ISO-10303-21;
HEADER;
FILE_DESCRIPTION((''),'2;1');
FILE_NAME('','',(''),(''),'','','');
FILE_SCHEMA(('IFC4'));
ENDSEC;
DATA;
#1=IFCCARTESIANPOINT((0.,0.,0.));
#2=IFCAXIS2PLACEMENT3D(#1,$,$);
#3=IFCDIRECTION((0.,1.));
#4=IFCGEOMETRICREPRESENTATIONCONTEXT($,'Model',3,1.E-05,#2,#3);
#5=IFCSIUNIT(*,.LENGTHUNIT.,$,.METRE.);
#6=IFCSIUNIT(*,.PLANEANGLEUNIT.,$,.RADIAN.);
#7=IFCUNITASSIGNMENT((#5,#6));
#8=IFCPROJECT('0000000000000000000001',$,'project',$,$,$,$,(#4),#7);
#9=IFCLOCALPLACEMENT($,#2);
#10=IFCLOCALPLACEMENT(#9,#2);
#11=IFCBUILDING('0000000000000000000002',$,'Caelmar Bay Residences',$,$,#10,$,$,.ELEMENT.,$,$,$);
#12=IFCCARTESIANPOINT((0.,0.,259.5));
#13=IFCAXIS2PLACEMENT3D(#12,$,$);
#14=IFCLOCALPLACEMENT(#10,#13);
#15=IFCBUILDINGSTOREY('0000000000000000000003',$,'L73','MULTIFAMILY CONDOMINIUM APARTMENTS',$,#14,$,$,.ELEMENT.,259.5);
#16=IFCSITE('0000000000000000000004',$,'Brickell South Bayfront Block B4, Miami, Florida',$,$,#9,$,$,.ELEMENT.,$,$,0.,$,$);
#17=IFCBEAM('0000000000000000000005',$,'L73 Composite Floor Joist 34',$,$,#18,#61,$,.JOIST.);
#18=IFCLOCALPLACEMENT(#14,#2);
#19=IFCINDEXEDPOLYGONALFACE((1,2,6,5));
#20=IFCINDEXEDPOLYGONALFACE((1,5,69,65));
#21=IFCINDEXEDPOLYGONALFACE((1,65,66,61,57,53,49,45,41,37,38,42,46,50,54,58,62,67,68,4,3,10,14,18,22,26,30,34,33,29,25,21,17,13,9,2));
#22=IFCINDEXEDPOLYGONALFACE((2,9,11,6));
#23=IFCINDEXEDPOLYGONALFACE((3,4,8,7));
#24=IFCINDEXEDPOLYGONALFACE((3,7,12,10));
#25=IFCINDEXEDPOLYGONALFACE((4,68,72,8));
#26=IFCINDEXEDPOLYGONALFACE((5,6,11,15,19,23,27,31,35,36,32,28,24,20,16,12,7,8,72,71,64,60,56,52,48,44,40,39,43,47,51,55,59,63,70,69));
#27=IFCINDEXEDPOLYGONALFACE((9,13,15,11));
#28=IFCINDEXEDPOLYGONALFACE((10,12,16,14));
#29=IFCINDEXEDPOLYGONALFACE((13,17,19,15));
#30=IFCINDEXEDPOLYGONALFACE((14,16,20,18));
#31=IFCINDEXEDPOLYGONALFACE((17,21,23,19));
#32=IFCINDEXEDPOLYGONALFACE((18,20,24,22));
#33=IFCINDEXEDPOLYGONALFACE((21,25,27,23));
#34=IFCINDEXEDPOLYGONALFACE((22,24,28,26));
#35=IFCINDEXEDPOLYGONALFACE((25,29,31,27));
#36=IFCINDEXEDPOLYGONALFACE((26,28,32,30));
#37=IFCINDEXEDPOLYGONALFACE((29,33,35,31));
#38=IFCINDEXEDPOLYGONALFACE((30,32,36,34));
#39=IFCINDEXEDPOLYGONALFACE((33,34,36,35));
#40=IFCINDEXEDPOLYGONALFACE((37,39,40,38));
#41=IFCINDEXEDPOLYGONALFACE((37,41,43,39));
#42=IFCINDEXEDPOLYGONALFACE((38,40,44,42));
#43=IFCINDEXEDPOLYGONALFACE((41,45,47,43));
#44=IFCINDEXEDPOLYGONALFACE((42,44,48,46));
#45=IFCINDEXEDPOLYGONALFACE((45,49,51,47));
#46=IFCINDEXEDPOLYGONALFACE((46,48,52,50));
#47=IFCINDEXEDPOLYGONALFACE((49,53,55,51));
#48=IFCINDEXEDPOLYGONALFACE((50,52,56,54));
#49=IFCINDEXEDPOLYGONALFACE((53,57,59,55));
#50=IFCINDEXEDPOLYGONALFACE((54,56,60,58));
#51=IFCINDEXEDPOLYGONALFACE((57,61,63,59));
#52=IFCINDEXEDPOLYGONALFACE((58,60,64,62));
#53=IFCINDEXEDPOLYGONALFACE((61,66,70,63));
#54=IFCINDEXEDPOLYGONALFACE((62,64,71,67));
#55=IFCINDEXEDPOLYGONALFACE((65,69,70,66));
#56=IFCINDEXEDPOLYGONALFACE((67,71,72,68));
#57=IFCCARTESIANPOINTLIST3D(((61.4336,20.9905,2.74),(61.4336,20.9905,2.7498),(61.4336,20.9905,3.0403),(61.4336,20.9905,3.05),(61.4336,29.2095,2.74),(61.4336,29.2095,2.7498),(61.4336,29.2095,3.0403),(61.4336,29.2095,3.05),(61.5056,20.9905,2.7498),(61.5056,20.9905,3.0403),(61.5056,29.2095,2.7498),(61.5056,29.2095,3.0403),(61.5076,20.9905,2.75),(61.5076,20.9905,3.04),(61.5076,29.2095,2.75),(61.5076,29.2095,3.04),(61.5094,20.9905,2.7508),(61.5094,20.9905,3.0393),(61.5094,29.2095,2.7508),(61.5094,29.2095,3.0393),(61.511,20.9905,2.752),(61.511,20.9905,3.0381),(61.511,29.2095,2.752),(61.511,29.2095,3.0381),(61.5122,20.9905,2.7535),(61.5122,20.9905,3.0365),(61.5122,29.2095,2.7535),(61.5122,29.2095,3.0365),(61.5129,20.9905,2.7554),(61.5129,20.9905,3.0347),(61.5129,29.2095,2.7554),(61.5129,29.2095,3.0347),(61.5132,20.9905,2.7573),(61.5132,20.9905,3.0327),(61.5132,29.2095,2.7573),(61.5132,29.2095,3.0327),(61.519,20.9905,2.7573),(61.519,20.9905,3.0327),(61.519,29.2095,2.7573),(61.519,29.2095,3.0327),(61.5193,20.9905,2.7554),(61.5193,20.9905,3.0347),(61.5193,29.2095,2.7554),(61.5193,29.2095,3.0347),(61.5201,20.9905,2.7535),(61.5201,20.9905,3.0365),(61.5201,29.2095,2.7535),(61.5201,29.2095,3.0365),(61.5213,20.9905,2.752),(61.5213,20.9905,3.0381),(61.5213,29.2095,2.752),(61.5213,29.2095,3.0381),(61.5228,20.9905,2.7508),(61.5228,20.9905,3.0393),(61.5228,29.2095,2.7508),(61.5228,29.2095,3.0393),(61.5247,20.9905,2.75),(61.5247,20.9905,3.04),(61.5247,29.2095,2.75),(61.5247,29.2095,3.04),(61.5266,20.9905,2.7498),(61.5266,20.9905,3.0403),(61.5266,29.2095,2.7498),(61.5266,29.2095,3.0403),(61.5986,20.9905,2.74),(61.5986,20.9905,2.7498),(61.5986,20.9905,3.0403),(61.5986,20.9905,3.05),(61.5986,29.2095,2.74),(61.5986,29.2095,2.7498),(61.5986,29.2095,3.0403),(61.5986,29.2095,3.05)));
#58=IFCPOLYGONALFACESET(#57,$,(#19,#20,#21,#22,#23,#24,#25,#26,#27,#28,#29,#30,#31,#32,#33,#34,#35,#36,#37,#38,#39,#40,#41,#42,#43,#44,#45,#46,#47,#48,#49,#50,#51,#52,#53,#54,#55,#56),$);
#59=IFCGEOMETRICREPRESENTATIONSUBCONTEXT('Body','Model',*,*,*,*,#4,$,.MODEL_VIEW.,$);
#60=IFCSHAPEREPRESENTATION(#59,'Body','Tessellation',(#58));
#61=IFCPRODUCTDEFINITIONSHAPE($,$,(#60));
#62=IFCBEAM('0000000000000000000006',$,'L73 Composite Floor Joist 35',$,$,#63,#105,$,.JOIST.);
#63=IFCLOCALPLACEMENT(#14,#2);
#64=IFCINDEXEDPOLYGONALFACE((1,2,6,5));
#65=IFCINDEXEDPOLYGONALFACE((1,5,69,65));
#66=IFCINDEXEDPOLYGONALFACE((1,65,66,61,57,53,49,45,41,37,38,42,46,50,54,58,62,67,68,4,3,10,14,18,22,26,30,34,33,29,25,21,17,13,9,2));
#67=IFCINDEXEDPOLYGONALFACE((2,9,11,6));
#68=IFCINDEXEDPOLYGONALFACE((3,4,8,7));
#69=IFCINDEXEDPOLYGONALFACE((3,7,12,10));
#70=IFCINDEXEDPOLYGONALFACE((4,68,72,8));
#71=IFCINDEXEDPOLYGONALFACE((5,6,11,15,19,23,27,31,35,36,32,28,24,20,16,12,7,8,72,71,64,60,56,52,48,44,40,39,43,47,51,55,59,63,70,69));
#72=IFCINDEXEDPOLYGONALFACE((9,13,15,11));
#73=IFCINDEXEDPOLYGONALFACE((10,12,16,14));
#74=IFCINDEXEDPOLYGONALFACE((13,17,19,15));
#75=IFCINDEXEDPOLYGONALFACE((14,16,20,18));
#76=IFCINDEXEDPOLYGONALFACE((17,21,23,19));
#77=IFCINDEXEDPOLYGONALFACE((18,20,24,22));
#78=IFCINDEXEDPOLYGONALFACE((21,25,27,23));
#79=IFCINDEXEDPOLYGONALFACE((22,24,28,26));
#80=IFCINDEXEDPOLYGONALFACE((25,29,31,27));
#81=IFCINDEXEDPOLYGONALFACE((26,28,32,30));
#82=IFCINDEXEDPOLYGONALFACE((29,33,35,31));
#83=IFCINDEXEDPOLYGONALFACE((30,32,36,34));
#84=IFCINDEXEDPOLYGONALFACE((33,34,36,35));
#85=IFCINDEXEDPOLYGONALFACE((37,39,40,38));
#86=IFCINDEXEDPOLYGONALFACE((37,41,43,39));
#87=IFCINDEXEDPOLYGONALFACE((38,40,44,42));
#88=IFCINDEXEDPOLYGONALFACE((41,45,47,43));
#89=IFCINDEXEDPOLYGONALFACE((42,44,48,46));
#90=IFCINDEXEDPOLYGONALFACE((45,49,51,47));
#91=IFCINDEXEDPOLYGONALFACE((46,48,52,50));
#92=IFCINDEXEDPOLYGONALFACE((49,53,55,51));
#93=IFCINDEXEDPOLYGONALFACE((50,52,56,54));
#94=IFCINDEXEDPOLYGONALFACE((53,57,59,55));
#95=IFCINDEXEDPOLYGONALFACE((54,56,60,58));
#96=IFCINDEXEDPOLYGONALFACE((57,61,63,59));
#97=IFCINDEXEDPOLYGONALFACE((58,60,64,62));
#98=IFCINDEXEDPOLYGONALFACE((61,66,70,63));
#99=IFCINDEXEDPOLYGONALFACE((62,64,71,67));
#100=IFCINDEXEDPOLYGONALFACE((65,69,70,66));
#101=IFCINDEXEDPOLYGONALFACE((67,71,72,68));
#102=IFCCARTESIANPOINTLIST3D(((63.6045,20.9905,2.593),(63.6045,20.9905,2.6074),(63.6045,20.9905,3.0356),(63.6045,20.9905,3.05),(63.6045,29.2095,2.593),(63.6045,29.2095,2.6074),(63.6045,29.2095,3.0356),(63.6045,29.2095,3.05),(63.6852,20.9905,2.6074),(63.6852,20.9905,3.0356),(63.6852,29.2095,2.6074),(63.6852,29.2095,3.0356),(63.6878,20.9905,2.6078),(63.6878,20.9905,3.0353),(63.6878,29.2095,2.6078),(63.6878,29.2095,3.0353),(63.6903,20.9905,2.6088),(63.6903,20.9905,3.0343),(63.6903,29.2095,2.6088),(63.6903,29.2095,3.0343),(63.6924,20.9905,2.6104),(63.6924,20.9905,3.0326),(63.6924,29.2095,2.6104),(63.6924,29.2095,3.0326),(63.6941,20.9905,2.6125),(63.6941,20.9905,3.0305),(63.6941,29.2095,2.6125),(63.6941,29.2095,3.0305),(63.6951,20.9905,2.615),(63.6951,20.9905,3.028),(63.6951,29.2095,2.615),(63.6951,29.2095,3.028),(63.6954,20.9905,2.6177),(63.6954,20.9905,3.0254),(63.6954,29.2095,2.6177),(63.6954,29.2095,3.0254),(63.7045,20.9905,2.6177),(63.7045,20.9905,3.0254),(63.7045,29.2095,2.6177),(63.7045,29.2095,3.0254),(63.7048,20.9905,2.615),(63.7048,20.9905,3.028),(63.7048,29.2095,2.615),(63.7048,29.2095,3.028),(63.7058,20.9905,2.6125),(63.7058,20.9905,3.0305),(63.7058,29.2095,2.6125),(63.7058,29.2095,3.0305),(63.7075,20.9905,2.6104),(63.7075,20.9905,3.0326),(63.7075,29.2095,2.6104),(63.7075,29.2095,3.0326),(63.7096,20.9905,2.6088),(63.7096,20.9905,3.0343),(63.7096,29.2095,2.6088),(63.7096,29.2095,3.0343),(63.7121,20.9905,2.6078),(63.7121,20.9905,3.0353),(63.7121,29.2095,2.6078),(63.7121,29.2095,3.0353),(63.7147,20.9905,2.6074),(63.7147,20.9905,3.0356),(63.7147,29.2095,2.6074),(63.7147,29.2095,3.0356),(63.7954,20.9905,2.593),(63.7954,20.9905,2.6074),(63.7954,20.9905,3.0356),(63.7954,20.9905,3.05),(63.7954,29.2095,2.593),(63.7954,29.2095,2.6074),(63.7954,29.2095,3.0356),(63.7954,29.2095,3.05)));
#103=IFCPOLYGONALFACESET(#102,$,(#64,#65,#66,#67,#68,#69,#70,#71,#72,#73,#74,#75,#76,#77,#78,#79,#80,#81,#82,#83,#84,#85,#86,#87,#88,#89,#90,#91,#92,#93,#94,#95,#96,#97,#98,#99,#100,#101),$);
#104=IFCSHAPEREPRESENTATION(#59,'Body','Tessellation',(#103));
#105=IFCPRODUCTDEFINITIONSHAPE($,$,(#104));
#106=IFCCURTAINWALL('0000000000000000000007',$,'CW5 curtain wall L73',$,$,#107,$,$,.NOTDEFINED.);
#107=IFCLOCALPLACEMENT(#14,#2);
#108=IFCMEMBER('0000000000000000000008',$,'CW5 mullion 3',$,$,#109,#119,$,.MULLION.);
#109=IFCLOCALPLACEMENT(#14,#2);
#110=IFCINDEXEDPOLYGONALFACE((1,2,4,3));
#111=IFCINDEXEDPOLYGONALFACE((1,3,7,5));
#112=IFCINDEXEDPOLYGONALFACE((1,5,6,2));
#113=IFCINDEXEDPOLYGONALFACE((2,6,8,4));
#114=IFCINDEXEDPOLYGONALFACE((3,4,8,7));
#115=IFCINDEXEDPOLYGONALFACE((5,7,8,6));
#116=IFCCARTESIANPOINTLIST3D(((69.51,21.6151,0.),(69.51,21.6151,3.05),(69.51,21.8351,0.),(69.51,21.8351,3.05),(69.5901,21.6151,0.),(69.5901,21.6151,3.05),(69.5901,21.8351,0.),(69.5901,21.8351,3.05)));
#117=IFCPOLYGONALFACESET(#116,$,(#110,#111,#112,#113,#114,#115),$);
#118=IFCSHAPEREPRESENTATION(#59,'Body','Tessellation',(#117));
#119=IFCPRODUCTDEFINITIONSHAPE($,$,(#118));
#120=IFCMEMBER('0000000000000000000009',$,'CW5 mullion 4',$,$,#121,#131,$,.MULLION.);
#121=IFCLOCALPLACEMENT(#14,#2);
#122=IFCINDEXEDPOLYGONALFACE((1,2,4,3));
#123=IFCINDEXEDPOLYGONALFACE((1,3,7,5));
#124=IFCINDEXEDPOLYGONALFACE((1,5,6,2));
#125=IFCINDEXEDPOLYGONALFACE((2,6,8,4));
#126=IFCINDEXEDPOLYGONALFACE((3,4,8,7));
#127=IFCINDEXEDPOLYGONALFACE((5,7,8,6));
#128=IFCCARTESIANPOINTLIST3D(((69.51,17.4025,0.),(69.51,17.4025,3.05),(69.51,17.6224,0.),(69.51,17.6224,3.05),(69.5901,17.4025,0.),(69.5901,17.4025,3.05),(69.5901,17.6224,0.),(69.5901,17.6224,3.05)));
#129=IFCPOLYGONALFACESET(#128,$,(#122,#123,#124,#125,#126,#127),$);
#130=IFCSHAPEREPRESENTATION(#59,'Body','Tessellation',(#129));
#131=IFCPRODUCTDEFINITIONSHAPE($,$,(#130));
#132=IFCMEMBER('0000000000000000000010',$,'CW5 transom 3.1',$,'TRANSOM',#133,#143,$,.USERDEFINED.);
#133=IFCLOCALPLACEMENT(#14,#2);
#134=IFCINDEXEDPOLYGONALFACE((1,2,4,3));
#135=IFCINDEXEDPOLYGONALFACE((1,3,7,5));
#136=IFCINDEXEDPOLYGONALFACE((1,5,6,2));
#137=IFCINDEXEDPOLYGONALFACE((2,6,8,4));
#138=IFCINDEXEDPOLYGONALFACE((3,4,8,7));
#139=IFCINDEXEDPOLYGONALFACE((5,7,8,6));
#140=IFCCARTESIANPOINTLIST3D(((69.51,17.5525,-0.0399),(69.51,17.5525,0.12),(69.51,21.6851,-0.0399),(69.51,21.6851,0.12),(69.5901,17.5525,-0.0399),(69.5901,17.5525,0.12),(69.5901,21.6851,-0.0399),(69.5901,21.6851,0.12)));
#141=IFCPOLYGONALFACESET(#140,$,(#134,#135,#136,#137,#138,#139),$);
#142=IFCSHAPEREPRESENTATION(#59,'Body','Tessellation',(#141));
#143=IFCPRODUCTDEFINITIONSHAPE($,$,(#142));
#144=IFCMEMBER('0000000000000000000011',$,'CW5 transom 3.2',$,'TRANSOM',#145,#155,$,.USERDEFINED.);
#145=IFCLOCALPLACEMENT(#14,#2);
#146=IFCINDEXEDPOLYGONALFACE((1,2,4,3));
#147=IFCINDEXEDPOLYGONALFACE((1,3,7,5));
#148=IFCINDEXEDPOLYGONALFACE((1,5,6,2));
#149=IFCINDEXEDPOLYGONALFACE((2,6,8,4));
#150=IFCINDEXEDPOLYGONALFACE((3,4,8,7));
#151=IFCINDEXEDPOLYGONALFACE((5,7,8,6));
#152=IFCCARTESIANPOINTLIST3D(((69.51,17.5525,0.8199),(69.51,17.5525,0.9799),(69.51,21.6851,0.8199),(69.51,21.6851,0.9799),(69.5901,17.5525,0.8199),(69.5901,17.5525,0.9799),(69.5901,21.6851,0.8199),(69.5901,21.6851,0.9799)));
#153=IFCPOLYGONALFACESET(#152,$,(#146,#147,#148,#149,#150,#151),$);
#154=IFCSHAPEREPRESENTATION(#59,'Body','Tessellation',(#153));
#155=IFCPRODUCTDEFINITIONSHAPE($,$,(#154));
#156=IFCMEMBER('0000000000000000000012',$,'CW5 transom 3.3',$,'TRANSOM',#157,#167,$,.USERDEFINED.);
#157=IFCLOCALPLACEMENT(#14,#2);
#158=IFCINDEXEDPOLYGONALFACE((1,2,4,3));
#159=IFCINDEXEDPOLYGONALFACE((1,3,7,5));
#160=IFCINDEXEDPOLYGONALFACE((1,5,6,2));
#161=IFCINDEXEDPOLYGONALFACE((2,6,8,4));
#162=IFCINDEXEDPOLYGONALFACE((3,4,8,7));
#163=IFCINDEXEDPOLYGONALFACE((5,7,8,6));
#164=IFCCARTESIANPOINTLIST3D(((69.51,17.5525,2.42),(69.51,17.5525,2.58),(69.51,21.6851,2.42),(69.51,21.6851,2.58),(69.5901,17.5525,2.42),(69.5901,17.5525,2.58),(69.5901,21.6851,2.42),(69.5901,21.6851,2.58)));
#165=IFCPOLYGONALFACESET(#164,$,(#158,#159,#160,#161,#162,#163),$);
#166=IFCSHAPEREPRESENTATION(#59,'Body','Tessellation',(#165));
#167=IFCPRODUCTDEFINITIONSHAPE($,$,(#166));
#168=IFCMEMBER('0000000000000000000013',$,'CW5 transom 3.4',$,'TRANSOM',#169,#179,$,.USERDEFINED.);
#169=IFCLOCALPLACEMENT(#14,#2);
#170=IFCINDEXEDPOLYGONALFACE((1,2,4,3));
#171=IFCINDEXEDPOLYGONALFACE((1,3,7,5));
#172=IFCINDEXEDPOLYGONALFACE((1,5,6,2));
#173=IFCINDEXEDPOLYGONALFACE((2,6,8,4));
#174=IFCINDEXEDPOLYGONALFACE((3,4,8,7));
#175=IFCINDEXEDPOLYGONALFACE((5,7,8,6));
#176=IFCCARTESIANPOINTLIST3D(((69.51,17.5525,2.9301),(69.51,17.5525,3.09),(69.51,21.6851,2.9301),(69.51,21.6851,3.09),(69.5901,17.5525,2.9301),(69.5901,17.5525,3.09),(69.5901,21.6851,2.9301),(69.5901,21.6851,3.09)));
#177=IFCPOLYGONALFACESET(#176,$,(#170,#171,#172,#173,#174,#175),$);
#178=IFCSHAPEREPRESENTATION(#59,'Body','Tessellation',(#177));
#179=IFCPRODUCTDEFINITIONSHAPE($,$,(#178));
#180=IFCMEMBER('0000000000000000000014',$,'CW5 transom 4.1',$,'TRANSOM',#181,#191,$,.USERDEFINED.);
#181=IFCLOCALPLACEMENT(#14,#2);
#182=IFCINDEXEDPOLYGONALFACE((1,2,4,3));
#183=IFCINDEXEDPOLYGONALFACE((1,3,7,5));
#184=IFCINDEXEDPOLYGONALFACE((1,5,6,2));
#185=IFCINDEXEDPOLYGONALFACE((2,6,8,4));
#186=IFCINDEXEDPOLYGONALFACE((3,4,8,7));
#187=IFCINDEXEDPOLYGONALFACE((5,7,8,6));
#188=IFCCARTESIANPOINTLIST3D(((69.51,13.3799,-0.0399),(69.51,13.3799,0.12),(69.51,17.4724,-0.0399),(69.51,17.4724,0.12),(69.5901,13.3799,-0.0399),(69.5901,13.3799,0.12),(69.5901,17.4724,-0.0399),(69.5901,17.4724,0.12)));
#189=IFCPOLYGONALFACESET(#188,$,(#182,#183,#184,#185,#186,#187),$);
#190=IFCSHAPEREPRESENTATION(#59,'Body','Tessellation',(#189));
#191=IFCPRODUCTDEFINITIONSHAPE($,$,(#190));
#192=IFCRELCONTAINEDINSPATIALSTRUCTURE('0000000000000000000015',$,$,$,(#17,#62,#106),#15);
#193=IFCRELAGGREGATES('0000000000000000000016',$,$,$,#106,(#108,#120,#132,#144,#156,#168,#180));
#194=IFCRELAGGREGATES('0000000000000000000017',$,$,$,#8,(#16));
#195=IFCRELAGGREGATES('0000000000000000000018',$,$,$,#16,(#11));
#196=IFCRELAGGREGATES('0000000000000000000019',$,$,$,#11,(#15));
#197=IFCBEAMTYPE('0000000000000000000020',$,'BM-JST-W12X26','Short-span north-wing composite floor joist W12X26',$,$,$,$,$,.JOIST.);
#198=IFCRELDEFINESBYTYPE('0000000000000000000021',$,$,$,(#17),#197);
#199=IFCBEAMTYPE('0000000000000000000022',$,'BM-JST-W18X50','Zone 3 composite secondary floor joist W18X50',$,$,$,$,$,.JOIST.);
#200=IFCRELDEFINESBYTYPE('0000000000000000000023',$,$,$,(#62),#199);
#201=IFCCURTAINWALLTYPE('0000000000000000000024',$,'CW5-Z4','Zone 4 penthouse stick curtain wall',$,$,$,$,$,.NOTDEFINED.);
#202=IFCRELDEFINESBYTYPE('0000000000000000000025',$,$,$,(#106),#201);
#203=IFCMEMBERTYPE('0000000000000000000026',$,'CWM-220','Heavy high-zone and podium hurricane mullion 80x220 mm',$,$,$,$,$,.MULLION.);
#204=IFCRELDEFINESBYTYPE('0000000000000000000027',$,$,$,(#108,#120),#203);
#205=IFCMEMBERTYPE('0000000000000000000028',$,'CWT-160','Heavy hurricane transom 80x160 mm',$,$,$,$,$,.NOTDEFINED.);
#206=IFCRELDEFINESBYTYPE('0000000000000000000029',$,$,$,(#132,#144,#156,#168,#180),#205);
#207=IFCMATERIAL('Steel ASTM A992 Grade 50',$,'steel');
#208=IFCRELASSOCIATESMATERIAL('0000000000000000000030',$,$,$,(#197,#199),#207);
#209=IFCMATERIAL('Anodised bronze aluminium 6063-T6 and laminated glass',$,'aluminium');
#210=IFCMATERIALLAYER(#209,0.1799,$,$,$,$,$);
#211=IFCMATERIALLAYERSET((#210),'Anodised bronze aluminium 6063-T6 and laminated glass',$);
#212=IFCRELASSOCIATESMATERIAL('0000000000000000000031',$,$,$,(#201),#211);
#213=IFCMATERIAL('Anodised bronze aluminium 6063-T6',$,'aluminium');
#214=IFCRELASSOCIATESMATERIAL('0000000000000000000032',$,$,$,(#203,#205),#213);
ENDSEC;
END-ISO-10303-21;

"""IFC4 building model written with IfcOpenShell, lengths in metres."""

from ifc_helpers import new_model, si_unit, direction, frame, origin, origin_2d, place, context, subcontext, project, spatial, rectangle, i_section, extrude, material, layer, layer_set, material_profile, profile_set, type_object, element, aggregate, save


model = new_model("IFC4")

# Units and contexts
model_context = context("Model", 3, precision=1e-05, world=origin(), true_north=direction((0.0, 1.0)))
body_context = subcontext(model_context, "Body", "Model", "MODEL_VIEW")
ifc_project = project(units=[si_unit("LENGTHUNIT", "METRE"), si_unit("PLANEANGLEUNIT", "RADIAN")], contexts=[model_context])

# Site, building, storey
site_placement = place(None, origin())
site = spatial("IfcSite", under=ifc_project, at=site_placement, Name="Brickell South Bayfront Block B4, Miami, Florida", CompositionType="ELEMENT", RefElevation=0.0)
building_placement = place(site_placement, origin())
building = spatial("IfcBuilding", under=site, at=building_placement, Name="Caelmar Bay Residences", CompositionType="ELEMENT")
storey_placement = place(building_placement, frame((0.0, 0.0, 259.5)))
storey = spatial("IfcBuildingStorey", under=building, at=storey_placement, Name="L73", Description="MULTIFAMILY CONDOMINIUM APARTMENTS", CompositionType="ELEMENT", Elevation=259.5)

# Beams
ifc_material_1 = material(Name="Steel ASTM A992 Grade 50", Category="steel")
ifc_material_profile_1 = material_profile(ifc_material_1, i_section(OverallWidth=0.165, OverallDepth=0.3101, WebThickness=0.0059, FlangeThickness=0.0098, FilletRadius=0.0076, at=origin_2d()), Name="W12X26")
ifc_profile_set_1 = profile_set([ifc_material_profile_1], Name="Steel ASTM A992 Grade 50")
beam_type_1 = type_object("IfcBeamType", Name="BM-JST-W12X26", Description="Short-span north-wing composite floor joist W12X26", PredefinedType="JOIST", material=ifc_profile_set_1)
beam_1_placement = place(storey_placement, frame((61.5161, 20.9905, 2.895), z_axis=(0.0, 1.0, 0.0), x_axis=(-1.0, 0.0, 0.0)))
element("IfcBeam", 1, at=beam_1_placement, inside=storey, type_object=beam_type_1, Name="L73 Composite Floor Joist 34", PredefinedType="JOIST", context=body_context, shape_type="SweptSolid", body=[
    extrude(i_section(OverallWidth=0.165, OverallDepth=0.3101, WebThickness=0.0059, FlangeThickness=0.0098, FilletRadius=0.0076, at=origin_2d()), origin(), (0.0, 0.0, 1.0), 8.219),
])
ifc_material_profile_2 = material_profile(ifc_material_1, i_section(OverallWidth=0.1909, OverallDepth=0.457, WebThickness=0.009, FlangeThickness=0.0144, FilletRadius=0.0103, at=origin_2d()), Name="W18X50")
ifc_profile_set_2 = profile_set([ifc_material_profile_2], Name="Steel ASTM A992 Grade 50")
beam_type_2 = type_object("IfcBeamType", Name="BM-JST-W18X50", Description="Zone 3 composite secondary floor joist W18X50", PredefinedType="JOIST", material=ifc_profile_set_2)
beam_2_placement = place(storey_placement, frame((63.7, 20.9905, 2.8215), z_axis=(0.0, 1.0, 0.0), x_axis=(-1.0, 0.0, 0.0)))
element("IfcBeam", 2, at=beam_2_placement, inside=storey, type_object=beam_type_2, Name="L73 Composite Floor Joist 35", PredefinedType="JOIST", context=body_context, shape_type="SweptSolid", body=[
    extrude(i_section(OverallWidth=0.1909, OverallDepth=0.457, WebThickness=0.009, FlangeThickness=0.0144, FilletRadius=0.0103, at=origin_2d()), origin(), (0.0, 0.0, 1.0), 8.219),
])

# Curtain wall, members
ifc_material_2 = material(Name="Anodised bronze aluminium 6063-T6 and laminated glass", Category="aluminium")
ifc_layer_1 = layer(ifc_material_2, 0.1799)
ifc_layer_set_1 = layer_set([ifc_layer_1], Name="Anodised bronze aluminium 6063-T6 and laminated glass")
curtain_wall_type = type_object("IfcCurtainWallType", Name="CW5-Z4", Description="Zone 4 penthouse stick curtain wall", PredefinedType="NOTDEFINED", material=ifc_layer_set_1)
curtain_wall_placement = place(storey_placement, origin())
curtain_wall = element("IfcCurtainWall", 3, at=curtain_wall_placement, inside=storey, type_object=curtain_wall_type, Name="CW5 curtain wall L73", PredefinedType="NOTDEFINED")
ifc_material_3 = material(Name="Anodised bronze aluminium 6063-T6", Category="aluminium")
ifc_material_profile_3 = material_profile(ifc_material_3, rectangle(XDim=0.0801, YDim=0.22, at=origin_2d()), Name="CWM-80X220")
ifc_profile_set_3 = profile_set([ifc_material_profile_3], Name="Anodised bronze aluminium 6063-T6")
member_type_1 = type_object("IfcMemberType", Name="CWM-220", Description="Heavy high-zone and podium hurricane mullion 80x220 mm", PredefinedType="MULLION", material=ifc_profile_set_3)
member_1_placement = place(storey_placement, frame((69.55, 21.7251, 0.0), z_axis=(0.0, 0.0, 1.0), x_axis=(1.0, 0.0, 0.0)))
member_1 = element("IfcMember", 4, at=member_1_placement, type_object=member_type_1, Name="CW5 mullion 3", PredefinedType="MULLION", context=body_context, shape_type="SweptSolid", body=[
    extrude(rectangle(XDim=0.0801, YDim=0.22, at=origin_2d()), origin(), (0.0, 0.0, 1.0), 3.05),
])
member_2_placement = place(storey_placement, frame((69.55, 17.5125, 0.0), z_axis=(0.0, 0.0, 1.0), x_axis=(1.0, 0.0, 0.0)))
member_2 = element("IfcMember", 5, at=member_2_placement, type_object=member_type_1, Name="CW5 mullion 4", PredefinedType="MULLION", context=body_context, shape_type="SweptSolid", body=[
    extrude(rectangle(XDim=0.0801, YDim=0.22, at=origin_2d()), origin(), (0.0, 0.0, 1.0), 3.05),
])
ifc_material_profile_4 = material_profile(ifc_material_3, rectangle(XDim=0.0801, YDim=0.1599, at=origin_2d()), Name="CWT-80X160")
ifc_profile_set_4 = profile_set([ifc_material_profile_4], Name="Anodised bronze aluminium 6063-T6")
member_type_2 = type_object("IfcMemberType", Name="CWT-160", Description="Heavy hurricane transom 80x160 mm", PredefinedType="NOTDEFINED", material=ifc_profile_set_4)
member_3_placement = place(storey_placement, frame((69.55, 21.6851, 0.04), z_axis=(0.0, -1.0, 0.0), x_axis=(1.0, 0.0, 0.0)))
member_3 = element("IfcMember", 6, at=member_3_placement, type_object=member_type_2, Name="CW5 transom 3.1", ObjectType="TRANSOM", PredefinedType="USERDEFINED", context=body_context, shape_type="SweptSolid", body=[
    extrude(rectangle(XDim=0.0801, YDim=0.1599, at=origin_2d()), origin(), (0.0, 0.0, 1.0), 4.1326),
])
member_4_placement = place(storey_placement, frame((69.55, 21.6851, 0.8999), z_axis=(0.0, -1.0, 0.0), x_axis=(1.0, 0.0, 0.0)))
member_4 = element("IfcMember", 7, at=member_4_placement, type_object=member_type_2, Name="CW5 transom 3.2", ObjectType="TRANSOM", PredefinedType="USERDEFINED", context=body_context, shape_type="SweptSolid", body=[
    extrude(rectangle(XDim=0.0801, YDim=0.1599, at=origin_2d()), origin(), (0.0, 0.0, 1.0), 4.1326),
])
member_5_placement = place(storey_placement, frame((69.55, 21.6851, 2.5), z_axis=(0.0, -1.0, 0.0), x_axis=(1.0, 0.0, 0.0)))
member_5 = element("IfcMember", 8, at=member_5_placement, type_object=member_type_2, Name="CW5 transom 3.3", ObjectType="TRANSOM", PredefinedType="USERDEFINED", context=body_context, shape_type="SweptSolid", body=[
    extrude(rectangle(XDim=0.0801, YDim=0.1599, at=origin_2d()), origin(), (0.0, 0.0, 1.0), 4.1326),
])
member_6_placement = place(storey_placement, frame((69.55, 21.6851, 3.01), z_axis=(0.0, -1.0, 0.0), x_axis=(1.0, 0.0, 0.0)))
member_6 = element("IfcMember", 9, at=member_6_placement, type_object=member_type_2, Name="CW5 transom 3.4", ObjectType="TRANSOM", PredefinedType="USERDEFINED", context=body_context, shape_type="SweptSolid", body=[
    extrude(rectangle(XDim=0.0801, YDim=0.1599, at=origin_2d()), origin(), (0.0, 0.0, 1.0), 4.1326),
])
member_7_placement = place(storey_placement, frame((69.55, 17.4724, 0.04), z_axis=(0.0, -1.0, 0.0), x_axis=(1.0, 0.0, 0.0)))
member_7 = element("IfcMember", 10, at=member_7_placement, type_object=member_type_2, Name="CW5 transom 4.1", ObjectType="TRANSOM", PredefinedType="USERDEFINED", context=body_context, shape_type="SweptSolid", body=[
    extrude(rectangle(XDim=0.0801, YDim=0.1599, at=origin_2d()), origin(), (0.0, 0.0, 1.0), 4.0925),
])
aggregate(curtain_wall, [member_1, member_2, member_3, member_4, member_5, member_6, member_7])

save(model, "model.ifc")
